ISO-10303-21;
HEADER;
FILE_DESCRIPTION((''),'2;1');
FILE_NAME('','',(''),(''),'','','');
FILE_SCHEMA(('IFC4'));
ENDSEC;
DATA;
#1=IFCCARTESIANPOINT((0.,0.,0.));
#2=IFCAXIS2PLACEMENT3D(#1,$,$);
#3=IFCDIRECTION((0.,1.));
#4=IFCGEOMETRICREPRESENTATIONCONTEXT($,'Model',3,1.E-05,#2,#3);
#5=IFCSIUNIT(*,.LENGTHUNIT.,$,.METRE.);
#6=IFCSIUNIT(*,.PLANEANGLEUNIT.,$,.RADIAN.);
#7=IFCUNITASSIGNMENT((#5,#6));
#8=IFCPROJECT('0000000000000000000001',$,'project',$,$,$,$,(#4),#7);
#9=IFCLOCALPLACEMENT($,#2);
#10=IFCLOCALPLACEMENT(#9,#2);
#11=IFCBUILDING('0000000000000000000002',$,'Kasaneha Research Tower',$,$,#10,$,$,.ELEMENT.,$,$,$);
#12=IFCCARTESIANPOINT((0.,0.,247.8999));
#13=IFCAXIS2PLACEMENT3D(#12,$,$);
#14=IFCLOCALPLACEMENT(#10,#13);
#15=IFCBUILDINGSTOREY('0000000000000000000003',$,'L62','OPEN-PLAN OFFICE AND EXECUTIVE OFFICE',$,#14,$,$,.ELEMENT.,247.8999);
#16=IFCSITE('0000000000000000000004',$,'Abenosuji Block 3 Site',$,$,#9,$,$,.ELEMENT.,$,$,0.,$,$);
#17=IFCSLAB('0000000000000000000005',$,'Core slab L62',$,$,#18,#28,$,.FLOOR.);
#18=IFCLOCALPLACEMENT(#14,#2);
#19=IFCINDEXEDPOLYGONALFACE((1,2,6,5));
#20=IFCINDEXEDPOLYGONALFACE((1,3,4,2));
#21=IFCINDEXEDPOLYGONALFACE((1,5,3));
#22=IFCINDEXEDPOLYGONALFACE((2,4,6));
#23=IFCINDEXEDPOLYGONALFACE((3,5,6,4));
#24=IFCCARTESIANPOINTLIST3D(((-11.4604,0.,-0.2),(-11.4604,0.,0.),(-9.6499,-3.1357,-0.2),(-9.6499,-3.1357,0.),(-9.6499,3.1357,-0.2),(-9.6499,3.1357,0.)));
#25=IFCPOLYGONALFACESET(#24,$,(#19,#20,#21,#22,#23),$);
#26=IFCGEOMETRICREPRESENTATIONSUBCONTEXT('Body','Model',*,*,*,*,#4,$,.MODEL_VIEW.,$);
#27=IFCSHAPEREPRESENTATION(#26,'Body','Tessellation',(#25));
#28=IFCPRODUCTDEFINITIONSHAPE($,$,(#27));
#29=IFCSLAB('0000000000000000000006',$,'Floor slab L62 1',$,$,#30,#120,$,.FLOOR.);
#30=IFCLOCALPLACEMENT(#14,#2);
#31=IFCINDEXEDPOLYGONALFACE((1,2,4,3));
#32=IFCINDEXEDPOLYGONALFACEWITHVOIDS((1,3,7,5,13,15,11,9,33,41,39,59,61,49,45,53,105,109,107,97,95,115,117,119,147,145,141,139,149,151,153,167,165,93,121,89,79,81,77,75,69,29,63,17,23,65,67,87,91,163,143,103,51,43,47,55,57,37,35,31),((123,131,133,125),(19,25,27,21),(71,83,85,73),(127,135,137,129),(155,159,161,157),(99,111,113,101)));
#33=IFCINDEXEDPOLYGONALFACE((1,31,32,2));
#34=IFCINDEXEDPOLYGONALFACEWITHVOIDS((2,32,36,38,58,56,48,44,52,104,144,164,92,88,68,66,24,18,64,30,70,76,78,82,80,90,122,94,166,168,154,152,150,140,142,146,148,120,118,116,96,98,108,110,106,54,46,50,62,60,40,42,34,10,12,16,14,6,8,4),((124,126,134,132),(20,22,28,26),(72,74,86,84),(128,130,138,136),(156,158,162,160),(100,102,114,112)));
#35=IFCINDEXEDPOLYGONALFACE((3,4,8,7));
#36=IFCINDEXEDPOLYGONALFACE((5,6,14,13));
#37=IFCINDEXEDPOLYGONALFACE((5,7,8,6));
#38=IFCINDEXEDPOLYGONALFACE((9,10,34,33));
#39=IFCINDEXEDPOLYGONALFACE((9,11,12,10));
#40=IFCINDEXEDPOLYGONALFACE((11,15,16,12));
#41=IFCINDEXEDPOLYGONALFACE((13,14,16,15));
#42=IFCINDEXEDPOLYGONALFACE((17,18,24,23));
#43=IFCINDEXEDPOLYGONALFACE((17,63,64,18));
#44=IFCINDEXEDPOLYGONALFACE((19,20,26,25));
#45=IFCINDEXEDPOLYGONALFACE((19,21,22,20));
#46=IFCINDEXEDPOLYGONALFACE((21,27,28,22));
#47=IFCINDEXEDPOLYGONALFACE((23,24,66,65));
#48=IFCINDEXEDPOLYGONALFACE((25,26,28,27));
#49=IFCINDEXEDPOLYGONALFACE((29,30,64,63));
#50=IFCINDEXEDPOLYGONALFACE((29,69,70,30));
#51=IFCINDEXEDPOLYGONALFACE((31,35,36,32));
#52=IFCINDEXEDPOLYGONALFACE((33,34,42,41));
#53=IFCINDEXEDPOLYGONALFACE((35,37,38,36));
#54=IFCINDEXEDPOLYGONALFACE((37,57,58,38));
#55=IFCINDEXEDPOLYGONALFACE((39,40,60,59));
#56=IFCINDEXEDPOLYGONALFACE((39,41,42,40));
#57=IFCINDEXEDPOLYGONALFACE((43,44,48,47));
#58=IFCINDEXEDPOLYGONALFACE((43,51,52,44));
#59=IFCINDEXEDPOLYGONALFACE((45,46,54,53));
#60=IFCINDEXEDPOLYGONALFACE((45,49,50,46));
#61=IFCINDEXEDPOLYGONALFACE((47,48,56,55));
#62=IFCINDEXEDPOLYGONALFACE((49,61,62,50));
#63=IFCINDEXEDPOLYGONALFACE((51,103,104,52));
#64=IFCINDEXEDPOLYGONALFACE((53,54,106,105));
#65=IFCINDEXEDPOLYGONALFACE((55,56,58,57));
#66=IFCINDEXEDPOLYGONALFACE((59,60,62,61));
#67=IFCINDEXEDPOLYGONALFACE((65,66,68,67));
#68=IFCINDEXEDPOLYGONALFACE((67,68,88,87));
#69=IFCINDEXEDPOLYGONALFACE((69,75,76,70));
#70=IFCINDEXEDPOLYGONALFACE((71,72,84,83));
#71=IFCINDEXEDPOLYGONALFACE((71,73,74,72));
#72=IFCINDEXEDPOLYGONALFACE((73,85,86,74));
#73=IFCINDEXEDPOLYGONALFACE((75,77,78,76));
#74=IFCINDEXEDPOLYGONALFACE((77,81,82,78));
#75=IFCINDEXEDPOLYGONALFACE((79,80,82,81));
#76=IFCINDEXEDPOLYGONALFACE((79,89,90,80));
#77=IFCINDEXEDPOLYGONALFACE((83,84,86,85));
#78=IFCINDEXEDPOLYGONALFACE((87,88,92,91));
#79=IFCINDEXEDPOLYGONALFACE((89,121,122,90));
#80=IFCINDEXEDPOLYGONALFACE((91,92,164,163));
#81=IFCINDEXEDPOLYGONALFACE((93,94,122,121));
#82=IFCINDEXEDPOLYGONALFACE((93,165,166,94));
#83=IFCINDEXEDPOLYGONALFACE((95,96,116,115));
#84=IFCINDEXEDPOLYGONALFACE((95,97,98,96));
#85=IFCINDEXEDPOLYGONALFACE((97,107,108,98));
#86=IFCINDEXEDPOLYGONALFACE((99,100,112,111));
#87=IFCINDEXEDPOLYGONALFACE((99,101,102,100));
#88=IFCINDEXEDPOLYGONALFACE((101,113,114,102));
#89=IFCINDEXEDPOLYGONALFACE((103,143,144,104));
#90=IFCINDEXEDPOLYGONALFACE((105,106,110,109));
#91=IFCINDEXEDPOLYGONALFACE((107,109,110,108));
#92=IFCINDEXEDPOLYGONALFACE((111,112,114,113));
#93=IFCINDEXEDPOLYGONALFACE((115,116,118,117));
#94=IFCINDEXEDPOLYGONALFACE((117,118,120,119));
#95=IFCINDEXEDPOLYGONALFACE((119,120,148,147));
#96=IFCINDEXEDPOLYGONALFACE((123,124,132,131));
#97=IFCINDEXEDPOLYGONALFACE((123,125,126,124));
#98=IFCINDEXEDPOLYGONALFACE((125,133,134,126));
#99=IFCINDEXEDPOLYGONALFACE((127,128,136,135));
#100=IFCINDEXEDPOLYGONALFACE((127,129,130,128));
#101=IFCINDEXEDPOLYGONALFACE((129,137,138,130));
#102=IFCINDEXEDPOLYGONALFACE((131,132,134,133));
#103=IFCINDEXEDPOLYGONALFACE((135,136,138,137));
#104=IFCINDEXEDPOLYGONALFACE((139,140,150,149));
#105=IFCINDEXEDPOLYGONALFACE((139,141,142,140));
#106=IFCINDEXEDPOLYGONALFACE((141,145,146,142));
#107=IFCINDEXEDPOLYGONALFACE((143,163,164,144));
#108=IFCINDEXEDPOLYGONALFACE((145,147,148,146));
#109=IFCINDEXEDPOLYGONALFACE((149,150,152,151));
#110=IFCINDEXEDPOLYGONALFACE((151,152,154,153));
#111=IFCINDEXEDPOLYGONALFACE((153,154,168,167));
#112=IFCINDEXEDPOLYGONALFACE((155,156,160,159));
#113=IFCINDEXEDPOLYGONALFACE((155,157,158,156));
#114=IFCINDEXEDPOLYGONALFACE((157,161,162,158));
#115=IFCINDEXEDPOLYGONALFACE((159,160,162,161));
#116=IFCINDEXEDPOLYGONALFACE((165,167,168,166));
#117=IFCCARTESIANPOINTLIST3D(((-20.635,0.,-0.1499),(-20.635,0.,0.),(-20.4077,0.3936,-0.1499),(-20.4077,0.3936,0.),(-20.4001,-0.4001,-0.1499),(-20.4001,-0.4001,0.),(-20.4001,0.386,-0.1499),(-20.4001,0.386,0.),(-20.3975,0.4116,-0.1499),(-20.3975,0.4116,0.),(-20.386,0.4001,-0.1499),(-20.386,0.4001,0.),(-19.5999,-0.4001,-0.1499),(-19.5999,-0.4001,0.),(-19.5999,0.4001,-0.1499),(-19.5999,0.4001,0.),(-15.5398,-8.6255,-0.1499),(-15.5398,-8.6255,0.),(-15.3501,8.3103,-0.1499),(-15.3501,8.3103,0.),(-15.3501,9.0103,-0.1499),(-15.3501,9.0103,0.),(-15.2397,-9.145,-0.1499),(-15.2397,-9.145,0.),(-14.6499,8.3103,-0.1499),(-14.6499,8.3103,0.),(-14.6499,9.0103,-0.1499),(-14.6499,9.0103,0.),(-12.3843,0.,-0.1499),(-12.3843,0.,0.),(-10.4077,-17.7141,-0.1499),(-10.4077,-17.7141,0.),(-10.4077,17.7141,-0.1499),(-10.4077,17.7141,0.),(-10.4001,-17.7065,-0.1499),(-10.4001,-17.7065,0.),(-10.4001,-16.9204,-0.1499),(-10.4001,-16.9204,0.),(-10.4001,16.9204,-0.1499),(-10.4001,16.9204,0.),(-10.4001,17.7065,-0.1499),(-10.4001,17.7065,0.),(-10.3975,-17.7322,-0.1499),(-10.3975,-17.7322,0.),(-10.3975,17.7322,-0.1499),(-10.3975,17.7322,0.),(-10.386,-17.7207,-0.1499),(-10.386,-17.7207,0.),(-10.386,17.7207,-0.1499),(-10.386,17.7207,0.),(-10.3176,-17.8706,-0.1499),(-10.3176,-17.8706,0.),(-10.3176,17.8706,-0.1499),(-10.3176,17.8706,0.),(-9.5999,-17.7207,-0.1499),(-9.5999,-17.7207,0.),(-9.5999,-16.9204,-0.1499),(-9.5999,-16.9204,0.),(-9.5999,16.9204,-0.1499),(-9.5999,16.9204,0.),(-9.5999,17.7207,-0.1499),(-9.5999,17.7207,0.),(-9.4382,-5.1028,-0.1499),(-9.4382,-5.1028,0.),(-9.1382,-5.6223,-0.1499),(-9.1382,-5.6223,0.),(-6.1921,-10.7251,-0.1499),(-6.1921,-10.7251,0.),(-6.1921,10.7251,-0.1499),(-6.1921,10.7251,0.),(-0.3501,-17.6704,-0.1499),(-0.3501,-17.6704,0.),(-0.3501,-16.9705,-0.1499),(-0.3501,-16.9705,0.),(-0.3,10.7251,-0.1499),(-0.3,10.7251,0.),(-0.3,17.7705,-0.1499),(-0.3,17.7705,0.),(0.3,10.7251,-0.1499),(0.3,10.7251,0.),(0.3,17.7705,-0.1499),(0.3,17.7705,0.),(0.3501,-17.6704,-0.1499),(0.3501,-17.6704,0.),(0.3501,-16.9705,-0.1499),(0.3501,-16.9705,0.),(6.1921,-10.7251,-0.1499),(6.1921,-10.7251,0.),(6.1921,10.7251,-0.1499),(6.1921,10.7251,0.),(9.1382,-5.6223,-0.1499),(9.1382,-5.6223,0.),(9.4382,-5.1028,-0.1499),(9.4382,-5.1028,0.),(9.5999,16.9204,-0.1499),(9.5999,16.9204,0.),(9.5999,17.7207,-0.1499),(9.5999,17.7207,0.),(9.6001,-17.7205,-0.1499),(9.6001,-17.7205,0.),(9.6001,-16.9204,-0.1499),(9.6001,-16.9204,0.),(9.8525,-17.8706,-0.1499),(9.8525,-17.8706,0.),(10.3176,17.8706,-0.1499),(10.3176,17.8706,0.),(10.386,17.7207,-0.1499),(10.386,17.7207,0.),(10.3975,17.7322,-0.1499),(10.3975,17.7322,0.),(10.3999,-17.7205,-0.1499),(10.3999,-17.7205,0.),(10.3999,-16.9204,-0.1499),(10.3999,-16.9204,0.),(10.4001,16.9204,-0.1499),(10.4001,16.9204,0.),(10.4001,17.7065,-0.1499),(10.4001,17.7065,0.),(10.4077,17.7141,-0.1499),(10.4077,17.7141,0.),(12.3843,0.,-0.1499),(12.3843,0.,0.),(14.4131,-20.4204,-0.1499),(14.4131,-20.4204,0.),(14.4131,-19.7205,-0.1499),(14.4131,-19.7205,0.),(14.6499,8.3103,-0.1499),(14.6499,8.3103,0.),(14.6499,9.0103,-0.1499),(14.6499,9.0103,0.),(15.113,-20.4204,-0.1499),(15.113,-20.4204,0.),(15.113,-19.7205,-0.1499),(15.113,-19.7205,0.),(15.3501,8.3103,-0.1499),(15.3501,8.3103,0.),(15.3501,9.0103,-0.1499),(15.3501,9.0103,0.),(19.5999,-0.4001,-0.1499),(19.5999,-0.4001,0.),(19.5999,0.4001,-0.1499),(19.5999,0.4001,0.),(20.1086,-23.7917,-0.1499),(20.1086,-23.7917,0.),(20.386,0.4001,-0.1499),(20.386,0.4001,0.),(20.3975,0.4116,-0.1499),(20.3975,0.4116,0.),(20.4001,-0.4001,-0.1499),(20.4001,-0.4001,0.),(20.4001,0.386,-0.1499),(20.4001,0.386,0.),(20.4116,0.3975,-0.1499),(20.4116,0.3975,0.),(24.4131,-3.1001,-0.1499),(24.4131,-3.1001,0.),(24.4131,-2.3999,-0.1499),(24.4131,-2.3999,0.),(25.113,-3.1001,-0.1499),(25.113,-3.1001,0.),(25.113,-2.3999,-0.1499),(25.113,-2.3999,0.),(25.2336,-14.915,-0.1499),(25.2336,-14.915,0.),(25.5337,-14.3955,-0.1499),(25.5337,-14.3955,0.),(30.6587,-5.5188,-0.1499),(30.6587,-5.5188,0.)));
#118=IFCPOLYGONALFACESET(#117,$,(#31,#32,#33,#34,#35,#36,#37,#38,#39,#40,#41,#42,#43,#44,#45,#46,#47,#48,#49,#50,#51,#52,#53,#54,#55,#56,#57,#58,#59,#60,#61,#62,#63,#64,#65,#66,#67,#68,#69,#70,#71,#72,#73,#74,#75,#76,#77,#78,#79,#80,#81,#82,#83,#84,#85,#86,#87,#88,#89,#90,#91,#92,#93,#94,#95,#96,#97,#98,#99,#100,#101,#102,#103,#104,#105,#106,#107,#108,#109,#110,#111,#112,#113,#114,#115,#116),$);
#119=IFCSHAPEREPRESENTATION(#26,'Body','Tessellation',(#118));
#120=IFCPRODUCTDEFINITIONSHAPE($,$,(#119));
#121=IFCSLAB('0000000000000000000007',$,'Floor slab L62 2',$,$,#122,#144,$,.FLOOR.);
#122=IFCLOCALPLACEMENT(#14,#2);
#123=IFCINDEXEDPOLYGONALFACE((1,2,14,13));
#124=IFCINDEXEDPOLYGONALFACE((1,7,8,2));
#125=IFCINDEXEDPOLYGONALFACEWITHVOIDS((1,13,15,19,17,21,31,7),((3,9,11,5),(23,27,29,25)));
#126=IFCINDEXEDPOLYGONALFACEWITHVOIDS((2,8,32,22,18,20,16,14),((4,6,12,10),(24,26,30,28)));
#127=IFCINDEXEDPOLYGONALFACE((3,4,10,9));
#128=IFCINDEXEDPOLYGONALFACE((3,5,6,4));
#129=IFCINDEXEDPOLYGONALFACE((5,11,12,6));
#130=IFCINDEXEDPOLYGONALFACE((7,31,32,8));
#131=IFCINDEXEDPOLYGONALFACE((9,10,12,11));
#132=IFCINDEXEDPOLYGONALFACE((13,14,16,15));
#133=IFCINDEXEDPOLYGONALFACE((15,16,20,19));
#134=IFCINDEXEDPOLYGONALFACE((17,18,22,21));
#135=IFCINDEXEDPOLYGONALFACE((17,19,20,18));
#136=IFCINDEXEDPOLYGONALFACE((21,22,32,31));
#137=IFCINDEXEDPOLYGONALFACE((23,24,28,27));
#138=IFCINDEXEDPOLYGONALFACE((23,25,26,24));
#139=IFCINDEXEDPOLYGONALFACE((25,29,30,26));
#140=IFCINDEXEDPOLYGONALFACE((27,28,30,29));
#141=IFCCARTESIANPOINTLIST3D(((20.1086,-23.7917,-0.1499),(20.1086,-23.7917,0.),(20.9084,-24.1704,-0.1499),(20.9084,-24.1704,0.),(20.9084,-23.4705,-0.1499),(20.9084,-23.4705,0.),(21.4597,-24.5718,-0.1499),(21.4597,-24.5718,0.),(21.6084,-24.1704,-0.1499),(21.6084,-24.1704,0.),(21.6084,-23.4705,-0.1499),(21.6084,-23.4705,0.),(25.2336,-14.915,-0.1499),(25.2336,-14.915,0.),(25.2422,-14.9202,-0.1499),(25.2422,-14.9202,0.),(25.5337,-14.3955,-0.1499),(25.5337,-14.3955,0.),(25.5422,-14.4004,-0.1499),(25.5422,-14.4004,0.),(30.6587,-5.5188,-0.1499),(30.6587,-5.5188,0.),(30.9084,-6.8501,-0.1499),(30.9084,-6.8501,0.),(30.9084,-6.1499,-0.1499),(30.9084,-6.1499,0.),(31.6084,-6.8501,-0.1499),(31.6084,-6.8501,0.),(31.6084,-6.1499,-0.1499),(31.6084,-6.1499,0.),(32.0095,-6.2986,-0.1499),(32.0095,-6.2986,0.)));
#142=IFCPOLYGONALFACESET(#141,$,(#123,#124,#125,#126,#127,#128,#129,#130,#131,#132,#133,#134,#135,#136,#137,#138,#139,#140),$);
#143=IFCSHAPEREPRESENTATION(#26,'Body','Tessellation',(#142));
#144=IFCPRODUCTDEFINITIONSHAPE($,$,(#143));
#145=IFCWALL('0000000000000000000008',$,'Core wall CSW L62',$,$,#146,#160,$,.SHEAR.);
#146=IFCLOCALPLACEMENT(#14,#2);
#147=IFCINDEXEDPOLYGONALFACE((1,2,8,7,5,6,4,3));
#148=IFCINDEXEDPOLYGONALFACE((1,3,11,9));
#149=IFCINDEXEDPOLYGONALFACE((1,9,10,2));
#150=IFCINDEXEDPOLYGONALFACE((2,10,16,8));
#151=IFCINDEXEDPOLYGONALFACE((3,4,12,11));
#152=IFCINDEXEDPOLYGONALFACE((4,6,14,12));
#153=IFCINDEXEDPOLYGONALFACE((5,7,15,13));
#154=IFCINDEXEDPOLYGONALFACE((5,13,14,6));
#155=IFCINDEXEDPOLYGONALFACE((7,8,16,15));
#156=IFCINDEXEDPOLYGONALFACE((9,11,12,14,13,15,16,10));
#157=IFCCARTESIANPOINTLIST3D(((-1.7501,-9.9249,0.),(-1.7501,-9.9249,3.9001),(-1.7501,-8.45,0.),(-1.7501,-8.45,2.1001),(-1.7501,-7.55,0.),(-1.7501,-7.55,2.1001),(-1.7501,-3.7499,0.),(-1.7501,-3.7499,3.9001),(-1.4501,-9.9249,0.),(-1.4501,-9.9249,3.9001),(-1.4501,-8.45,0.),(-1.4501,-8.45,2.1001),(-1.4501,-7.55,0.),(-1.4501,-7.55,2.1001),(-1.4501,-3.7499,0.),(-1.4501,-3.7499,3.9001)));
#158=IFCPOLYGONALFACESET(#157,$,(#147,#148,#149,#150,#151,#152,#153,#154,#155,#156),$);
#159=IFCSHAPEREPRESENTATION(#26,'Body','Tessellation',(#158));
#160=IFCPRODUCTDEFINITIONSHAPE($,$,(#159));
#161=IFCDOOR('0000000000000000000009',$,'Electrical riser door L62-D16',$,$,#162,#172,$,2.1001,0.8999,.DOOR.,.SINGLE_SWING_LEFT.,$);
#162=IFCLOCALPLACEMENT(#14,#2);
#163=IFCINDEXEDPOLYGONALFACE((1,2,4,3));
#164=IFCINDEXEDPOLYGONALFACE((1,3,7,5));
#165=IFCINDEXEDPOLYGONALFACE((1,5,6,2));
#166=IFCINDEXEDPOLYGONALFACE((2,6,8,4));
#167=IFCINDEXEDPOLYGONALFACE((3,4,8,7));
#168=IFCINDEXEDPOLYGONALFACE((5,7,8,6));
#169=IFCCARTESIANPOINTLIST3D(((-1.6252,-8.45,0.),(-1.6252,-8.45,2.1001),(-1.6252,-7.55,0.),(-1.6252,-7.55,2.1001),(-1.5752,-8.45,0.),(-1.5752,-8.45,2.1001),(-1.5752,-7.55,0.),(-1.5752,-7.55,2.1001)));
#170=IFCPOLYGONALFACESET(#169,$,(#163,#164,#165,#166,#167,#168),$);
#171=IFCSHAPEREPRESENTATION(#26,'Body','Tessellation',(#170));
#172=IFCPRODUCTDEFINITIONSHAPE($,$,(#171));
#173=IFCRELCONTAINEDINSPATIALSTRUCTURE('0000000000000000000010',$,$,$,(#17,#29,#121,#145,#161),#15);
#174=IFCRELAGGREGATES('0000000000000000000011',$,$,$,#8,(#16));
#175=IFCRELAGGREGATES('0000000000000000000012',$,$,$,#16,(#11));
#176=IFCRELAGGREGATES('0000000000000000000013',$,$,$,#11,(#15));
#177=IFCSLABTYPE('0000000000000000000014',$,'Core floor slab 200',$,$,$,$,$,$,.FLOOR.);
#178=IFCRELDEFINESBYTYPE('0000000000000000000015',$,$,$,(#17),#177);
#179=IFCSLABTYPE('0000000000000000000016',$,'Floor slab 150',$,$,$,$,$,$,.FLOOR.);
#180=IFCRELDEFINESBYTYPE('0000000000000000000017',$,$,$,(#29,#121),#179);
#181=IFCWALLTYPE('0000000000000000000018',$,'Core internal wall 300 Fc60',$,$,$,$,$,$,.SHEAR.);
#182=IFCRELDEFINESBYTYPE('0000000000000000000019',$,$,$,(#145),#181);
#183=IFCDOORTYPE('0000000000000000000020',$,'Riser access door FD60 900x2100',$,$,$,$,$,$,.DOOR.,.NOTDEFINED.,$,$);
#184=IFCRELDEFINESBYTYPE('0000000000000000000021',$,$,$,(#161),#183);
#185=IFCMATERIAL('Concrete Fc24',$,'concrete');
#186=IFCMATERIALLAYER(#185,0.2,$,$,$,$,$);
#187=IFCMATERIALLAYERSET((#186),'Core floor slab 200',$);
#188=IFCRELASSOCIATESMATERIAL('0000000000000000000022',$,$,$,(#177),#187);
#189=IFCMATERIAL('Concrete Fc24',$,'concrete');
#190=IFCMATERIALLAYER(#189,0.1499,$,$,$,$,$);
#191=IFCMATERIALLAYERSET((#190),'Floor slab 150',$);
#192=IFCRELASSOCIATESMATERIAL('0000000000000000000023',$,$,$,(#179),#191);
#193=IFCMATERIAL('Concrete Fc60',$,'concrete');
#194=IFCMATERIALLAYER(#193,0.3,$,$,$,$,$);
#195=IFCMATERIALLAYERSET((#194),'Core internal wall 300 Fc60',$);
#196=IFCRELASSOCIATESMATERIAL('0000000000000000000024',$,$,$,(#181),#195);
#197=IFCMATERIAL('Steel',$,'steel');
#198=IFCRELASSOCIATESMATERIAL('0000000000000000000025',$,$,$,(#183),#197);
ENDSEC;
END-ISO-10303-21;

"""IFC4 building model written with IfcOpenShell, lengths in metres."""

from ifc_helpers import new_model, si_unit, direction, frame, frame_2d, origin, place, context, subcontext, project, spatial, polyline, rectangle, outline, extrude, material, layer, layer_set, type_object, element, fill, save


model = new_model("IFC4")

# Units and contexts
model_context = context("Model", 3, precision=1e-05, world=origin(), true_north=direction((0.0, 1.0)))
body_context = subcontext(model_context, "Body", "Model", "MODEL_VIEW")
ifc_project = project(units=[si_unit("LENGTHUNIT", "METRE"), si_unit("PLANEANGLEUNIT", "RADIAN")], contexts=[model_context])

# Site, building, storey
site_placement = place(None, origin())
site = spatial("IfcSite", under=ifc_project, at=site_placement, Name="Abenosuji Block 3 Site", CompositionType="ELEMENT", RefElevation=0.0)
building_placement = place(site_placement, origin())
building = spatial("IfcBuilding", under=site, at=building_placement, Name="Kasaneha Research Tower", CompositionType="ELEMENT")
storey_placement = place(building_placement, frame((0.0, 0.0, 247.8999)))
storey = spatial("IfcBuildingStorey", under=building, at=storey_placement, Name="L62", Description="OPEN-PLAN OFFICE AND EXECUTIVE OFFICE", CompositionType="ELEMENT", Elevation=247.8999)

# Slabs
ifc_material_1 = material(Name="Concrete Fc24", Category="concrete")
ifc_layer_1 = layer(ifc_material_1, 0.2)
ifc_layer_set_1 = layer_set([ifc_layer_1], Name="Core floor slab 200")
slab_type_1 = type_object("IfcSlabType", Name="Core floor slab 200", PredefinedType="FLOOR", material=ifc_layer_set_1)
slab_1_placement = place(storey_placement, frame((0.0, 0.0, -0.2)))
element("IfcSlab", 1, at=slab_1_placement, inside=storey, type_object=slab_type_1, Name="Core slab L62", PredefinedType="FLOOR", context=body_context, shape_type="SweptSolid", body=[
    extrude(outline(polyline([(-11.4604, 0.0), (-9.6499, 3.1357), (-9.6499, -3.1357), (-11.4604, 0.0)])), origin(), (0.0, 0.0, 1.0), 0.2),
])
ifc_material_2 = material(Name="Concrete Fc24", Category="concrete")
ifc_layer_2 = layer(ifc_material_2, 0.1499)
ifc_layer_set_2 = layer_set([ifc_layer_2], Name="Floor slab 150")
slab_type_2 = type_object("IfcSlabType", Name="Floor slab 150", PredefinedType="FLOOR", material=ifc_layer_set_2)
slab_2_placement = place(storey_placement, frame((0.0, 0.0, -0.1499)))
element("IfcSlab", 2, at=slab_2_placement, inside=storey, type_object=slab_type_2, Name="Floor slab L62 1", PredefinedType="FLOOR", context=body_context, shape_type="SweptSolid", body=[
    extrude(outline(polyline([(-10.3176, -17.8706), (-10.3975, -17.7322), (-10.386, -17.7207), (-9.5999, -17.7207), (-9.5999, -16.9204), (-10.4001, -16.9204), (-10.4001, -17.7065), (-10.4077, -17.7141), (-20.635, 0.0), (-20.4077, 0.3936), (-20.4001, 0.386), (-20.4001, -0.4001), (-19.5999, -0.4001), (-19.5999, 0.4001), (-20.386, 0.4001), (-20.3975, 0.4116), (-10.4077, 17.7141), (-10.4001, 17.7065), (-10.4001, 16.9204), (-9.5999, 16.9204), (-9.5999, 17.7207), (-10.386, 17.7207), (-10.3975, 17.7322), (-10.3176, 17.8706), (10.3176, 17.8706), (10.3975, 17.7322), (10.386, 17.7207), (9.5999, 17.7207), (9.5999, 16.9204), (10.4001, 16.9204), (10.4001, 17.7065), (10.4077, 17.7141), (20.3975, 0.4116), (20.386, 0.4001), (19.5999, 0.4001), (19.5999, -0.4001), (20.4001, -0.4001), (20.4001, 0.386), (20.4116, 0.3975), (30.6587, -5.5188), (25.5337, -14.3955), (9.4382, -5.1028), (12.3843, 0.0), (6.1921, 10.7251), (0.3, 10.7251), (0.3, 17.7705), (-0.3, 17.7705), (-0.3, 10.7251), (-6.1921, 10.7251), (-12.3843, 0.0), (-9.4382, -5.1028), (-15.5398, -8.6255), (-15.2397, -9.145), (-9.1382, -5.6223), (-6.1921, -10.7251), (6.1921, -10.7251), (9.1382, -5.6223), (25.2336, -14.915), (20.1086, -23.7917), (9.8525, -17.8706), (-10.3176, -17.8706)]), holes=[polyline([(-0.3501, -17.6704), (0.3501, -17.6704), (0.3501, -16.9705), (-0.3501, -16.9705), (-0.3501, -17.6704)]), polyline([(-15.3501, 8.3103), (-14.6499, 8.3103), (-14.6499, 9.0103), (-15.3501, 9.0103), (-15.3501, 8.3103)]), polyline([(14.4131, -20.4204), (15.113, -20.4204), (15.113, -19.7205), (14.4131, -19.7205), (14.4131, -20.4204)]), polyline([(9.6001, -17.7205), (10.3999, -17.7205), (10.3999, -16.9204), (9.6001, -16.9204), (9.6001, -17.7205)]), polyline([(24.4131, -3.1001), (25.113, -3.1001), (25.113, -2.3999), (24.4131, -2.3999), (24.4131, -3.1001)]), polyline([(14.6499, 9.0103), (14.6499, 8.3103), (15.3501, 8.3103), (15.3501, 9.0103), (14.6499, 9.0103)])]), origin(), (0.0, 0.0, 1.0), 0.1499),
])
slab_3_placement = place(storey_placement, frame((0.0, 0.0, -0.1499)))
element("IfcSlab", 3, at=slab_3_placement, inside=storey, type_object=slab_type_2, Name="Floor slab L62 2", PredefinedType="FLOOR", context=body_context, shape_type="SweptSolid", body=[
    extrude(outline(polyline([(32.0095, -6.2986), (21.4597, -24.5718), (20.1086, -23.7917), (25.2336, -14.915), (25.2422, -14.9202), (25.5422, -14.4004), (25.5337, -14.3955), (30.6587, -5.5188), (32.0095, -6.2986)]), holes=[polyline([(20.9084, -24.1704), (21.6084, -24.1704), (21.6084, -23.4705), (20.9084, -23.4705), (20.9084, -24.1704)]), polyline([(30.9084, -6.8501), (31.6084, -6.8501), (31.6084, -6.1499), (30.9084, -6.1499), (30.9084, -6.8501)])]), origin(), (0.0, 0.0, 1.0), 0.1499),
])

# Shared definitions
ifc_material_3 = material(Name="Concrete Fc60", Category="concrete")
ifc_layer_3 = layer(ifc_material_3, 0.3)
ifc_layer_set_3 = layer_set([ifc_layer_3], Name="Core internal wall 300 Fc60")
wall_type_1 = type_object("IfcWallType", Name="Core internal wall 300 Fc60", PredefinedType="SHEAR", material=ifc_layer_set_3)

# Wall, opening, door
wall_1_placement = place(storey_placement, frame((-1.6001, -3.75, 0.0), z_axis=(0.0, 0.0, 1.0), x_axis=(0.0, -1.0, 0.0)))
wall_1 = element("IfcWall", 4, at=wall_1_placement, inside=storey, type_object=wall_type_1, Name="Core wall CSW L62", PredefinedType="SHEAR", context=body_context, shape_type="SweptSolid", body=[
    extrude(rectangle(XDim=6.175, YDim=0.3, at=frame_2d((3.0874, 0.0))), origin(), (0.0, 0.0, 1.0), 3.9001),
])
opening_1_placement = place(wall_1_placement, frame((3.8, 0.0, 0.0)))
opening_1 = element("IfcOpeningElement", 5, at=opening_1_placement, cuts=wall_1, PredefinedType="OPENING", context=body_context, shape_type="SweptSolid", body=[
    extrude(rectangle(XDim=0.8999, YDim=2.1001, at=frame_2d((0.45, 1.05))), frame((0.0, 0.1602, 0.0), z_axis=(0.0, -1.0, 0.0), x_axis=(1.0, 0.0, 0.0)), (0.0, 0.0, 1.0), 0.3201),
])
ifc_material_4 = material(Name="Steel", Category="steel")
door_type_1 = type_object("IfcDoorType", Name="Riser access door FD60 900x2100", OperationType="NOTDEFINED", PredefinedType="DOOR", material=ifc_material_4)
door_1_placement = place(opening_1_placement, origin())
door_1 = element("IfcDoor", 6, at=door_1_placement, inside=storey, type_object=door_type_1, Name="Electrical riser door L62-D16", OperationType="SINGLE_SWING_LEFT", OverallHeight=2.1001, OverallWidth=0.8999, PredefinedType="DOOR", context=body_context, shape_type="SweptSolid", body=[
    extrude(rectangle(XDim=0.8999, YDim=2.1001, at=frame_2d((0.45, 1.05))), frame((0.0, 0.0249, 0.0), z_axis=(0.0, -1.0, 0.0), x_axis=(1.0, 0.0, 0.0)), (0.0, 0.0, 1.0), 0.05),
])
fill(opening_1, door_1)

save(model, "model.ifc")
